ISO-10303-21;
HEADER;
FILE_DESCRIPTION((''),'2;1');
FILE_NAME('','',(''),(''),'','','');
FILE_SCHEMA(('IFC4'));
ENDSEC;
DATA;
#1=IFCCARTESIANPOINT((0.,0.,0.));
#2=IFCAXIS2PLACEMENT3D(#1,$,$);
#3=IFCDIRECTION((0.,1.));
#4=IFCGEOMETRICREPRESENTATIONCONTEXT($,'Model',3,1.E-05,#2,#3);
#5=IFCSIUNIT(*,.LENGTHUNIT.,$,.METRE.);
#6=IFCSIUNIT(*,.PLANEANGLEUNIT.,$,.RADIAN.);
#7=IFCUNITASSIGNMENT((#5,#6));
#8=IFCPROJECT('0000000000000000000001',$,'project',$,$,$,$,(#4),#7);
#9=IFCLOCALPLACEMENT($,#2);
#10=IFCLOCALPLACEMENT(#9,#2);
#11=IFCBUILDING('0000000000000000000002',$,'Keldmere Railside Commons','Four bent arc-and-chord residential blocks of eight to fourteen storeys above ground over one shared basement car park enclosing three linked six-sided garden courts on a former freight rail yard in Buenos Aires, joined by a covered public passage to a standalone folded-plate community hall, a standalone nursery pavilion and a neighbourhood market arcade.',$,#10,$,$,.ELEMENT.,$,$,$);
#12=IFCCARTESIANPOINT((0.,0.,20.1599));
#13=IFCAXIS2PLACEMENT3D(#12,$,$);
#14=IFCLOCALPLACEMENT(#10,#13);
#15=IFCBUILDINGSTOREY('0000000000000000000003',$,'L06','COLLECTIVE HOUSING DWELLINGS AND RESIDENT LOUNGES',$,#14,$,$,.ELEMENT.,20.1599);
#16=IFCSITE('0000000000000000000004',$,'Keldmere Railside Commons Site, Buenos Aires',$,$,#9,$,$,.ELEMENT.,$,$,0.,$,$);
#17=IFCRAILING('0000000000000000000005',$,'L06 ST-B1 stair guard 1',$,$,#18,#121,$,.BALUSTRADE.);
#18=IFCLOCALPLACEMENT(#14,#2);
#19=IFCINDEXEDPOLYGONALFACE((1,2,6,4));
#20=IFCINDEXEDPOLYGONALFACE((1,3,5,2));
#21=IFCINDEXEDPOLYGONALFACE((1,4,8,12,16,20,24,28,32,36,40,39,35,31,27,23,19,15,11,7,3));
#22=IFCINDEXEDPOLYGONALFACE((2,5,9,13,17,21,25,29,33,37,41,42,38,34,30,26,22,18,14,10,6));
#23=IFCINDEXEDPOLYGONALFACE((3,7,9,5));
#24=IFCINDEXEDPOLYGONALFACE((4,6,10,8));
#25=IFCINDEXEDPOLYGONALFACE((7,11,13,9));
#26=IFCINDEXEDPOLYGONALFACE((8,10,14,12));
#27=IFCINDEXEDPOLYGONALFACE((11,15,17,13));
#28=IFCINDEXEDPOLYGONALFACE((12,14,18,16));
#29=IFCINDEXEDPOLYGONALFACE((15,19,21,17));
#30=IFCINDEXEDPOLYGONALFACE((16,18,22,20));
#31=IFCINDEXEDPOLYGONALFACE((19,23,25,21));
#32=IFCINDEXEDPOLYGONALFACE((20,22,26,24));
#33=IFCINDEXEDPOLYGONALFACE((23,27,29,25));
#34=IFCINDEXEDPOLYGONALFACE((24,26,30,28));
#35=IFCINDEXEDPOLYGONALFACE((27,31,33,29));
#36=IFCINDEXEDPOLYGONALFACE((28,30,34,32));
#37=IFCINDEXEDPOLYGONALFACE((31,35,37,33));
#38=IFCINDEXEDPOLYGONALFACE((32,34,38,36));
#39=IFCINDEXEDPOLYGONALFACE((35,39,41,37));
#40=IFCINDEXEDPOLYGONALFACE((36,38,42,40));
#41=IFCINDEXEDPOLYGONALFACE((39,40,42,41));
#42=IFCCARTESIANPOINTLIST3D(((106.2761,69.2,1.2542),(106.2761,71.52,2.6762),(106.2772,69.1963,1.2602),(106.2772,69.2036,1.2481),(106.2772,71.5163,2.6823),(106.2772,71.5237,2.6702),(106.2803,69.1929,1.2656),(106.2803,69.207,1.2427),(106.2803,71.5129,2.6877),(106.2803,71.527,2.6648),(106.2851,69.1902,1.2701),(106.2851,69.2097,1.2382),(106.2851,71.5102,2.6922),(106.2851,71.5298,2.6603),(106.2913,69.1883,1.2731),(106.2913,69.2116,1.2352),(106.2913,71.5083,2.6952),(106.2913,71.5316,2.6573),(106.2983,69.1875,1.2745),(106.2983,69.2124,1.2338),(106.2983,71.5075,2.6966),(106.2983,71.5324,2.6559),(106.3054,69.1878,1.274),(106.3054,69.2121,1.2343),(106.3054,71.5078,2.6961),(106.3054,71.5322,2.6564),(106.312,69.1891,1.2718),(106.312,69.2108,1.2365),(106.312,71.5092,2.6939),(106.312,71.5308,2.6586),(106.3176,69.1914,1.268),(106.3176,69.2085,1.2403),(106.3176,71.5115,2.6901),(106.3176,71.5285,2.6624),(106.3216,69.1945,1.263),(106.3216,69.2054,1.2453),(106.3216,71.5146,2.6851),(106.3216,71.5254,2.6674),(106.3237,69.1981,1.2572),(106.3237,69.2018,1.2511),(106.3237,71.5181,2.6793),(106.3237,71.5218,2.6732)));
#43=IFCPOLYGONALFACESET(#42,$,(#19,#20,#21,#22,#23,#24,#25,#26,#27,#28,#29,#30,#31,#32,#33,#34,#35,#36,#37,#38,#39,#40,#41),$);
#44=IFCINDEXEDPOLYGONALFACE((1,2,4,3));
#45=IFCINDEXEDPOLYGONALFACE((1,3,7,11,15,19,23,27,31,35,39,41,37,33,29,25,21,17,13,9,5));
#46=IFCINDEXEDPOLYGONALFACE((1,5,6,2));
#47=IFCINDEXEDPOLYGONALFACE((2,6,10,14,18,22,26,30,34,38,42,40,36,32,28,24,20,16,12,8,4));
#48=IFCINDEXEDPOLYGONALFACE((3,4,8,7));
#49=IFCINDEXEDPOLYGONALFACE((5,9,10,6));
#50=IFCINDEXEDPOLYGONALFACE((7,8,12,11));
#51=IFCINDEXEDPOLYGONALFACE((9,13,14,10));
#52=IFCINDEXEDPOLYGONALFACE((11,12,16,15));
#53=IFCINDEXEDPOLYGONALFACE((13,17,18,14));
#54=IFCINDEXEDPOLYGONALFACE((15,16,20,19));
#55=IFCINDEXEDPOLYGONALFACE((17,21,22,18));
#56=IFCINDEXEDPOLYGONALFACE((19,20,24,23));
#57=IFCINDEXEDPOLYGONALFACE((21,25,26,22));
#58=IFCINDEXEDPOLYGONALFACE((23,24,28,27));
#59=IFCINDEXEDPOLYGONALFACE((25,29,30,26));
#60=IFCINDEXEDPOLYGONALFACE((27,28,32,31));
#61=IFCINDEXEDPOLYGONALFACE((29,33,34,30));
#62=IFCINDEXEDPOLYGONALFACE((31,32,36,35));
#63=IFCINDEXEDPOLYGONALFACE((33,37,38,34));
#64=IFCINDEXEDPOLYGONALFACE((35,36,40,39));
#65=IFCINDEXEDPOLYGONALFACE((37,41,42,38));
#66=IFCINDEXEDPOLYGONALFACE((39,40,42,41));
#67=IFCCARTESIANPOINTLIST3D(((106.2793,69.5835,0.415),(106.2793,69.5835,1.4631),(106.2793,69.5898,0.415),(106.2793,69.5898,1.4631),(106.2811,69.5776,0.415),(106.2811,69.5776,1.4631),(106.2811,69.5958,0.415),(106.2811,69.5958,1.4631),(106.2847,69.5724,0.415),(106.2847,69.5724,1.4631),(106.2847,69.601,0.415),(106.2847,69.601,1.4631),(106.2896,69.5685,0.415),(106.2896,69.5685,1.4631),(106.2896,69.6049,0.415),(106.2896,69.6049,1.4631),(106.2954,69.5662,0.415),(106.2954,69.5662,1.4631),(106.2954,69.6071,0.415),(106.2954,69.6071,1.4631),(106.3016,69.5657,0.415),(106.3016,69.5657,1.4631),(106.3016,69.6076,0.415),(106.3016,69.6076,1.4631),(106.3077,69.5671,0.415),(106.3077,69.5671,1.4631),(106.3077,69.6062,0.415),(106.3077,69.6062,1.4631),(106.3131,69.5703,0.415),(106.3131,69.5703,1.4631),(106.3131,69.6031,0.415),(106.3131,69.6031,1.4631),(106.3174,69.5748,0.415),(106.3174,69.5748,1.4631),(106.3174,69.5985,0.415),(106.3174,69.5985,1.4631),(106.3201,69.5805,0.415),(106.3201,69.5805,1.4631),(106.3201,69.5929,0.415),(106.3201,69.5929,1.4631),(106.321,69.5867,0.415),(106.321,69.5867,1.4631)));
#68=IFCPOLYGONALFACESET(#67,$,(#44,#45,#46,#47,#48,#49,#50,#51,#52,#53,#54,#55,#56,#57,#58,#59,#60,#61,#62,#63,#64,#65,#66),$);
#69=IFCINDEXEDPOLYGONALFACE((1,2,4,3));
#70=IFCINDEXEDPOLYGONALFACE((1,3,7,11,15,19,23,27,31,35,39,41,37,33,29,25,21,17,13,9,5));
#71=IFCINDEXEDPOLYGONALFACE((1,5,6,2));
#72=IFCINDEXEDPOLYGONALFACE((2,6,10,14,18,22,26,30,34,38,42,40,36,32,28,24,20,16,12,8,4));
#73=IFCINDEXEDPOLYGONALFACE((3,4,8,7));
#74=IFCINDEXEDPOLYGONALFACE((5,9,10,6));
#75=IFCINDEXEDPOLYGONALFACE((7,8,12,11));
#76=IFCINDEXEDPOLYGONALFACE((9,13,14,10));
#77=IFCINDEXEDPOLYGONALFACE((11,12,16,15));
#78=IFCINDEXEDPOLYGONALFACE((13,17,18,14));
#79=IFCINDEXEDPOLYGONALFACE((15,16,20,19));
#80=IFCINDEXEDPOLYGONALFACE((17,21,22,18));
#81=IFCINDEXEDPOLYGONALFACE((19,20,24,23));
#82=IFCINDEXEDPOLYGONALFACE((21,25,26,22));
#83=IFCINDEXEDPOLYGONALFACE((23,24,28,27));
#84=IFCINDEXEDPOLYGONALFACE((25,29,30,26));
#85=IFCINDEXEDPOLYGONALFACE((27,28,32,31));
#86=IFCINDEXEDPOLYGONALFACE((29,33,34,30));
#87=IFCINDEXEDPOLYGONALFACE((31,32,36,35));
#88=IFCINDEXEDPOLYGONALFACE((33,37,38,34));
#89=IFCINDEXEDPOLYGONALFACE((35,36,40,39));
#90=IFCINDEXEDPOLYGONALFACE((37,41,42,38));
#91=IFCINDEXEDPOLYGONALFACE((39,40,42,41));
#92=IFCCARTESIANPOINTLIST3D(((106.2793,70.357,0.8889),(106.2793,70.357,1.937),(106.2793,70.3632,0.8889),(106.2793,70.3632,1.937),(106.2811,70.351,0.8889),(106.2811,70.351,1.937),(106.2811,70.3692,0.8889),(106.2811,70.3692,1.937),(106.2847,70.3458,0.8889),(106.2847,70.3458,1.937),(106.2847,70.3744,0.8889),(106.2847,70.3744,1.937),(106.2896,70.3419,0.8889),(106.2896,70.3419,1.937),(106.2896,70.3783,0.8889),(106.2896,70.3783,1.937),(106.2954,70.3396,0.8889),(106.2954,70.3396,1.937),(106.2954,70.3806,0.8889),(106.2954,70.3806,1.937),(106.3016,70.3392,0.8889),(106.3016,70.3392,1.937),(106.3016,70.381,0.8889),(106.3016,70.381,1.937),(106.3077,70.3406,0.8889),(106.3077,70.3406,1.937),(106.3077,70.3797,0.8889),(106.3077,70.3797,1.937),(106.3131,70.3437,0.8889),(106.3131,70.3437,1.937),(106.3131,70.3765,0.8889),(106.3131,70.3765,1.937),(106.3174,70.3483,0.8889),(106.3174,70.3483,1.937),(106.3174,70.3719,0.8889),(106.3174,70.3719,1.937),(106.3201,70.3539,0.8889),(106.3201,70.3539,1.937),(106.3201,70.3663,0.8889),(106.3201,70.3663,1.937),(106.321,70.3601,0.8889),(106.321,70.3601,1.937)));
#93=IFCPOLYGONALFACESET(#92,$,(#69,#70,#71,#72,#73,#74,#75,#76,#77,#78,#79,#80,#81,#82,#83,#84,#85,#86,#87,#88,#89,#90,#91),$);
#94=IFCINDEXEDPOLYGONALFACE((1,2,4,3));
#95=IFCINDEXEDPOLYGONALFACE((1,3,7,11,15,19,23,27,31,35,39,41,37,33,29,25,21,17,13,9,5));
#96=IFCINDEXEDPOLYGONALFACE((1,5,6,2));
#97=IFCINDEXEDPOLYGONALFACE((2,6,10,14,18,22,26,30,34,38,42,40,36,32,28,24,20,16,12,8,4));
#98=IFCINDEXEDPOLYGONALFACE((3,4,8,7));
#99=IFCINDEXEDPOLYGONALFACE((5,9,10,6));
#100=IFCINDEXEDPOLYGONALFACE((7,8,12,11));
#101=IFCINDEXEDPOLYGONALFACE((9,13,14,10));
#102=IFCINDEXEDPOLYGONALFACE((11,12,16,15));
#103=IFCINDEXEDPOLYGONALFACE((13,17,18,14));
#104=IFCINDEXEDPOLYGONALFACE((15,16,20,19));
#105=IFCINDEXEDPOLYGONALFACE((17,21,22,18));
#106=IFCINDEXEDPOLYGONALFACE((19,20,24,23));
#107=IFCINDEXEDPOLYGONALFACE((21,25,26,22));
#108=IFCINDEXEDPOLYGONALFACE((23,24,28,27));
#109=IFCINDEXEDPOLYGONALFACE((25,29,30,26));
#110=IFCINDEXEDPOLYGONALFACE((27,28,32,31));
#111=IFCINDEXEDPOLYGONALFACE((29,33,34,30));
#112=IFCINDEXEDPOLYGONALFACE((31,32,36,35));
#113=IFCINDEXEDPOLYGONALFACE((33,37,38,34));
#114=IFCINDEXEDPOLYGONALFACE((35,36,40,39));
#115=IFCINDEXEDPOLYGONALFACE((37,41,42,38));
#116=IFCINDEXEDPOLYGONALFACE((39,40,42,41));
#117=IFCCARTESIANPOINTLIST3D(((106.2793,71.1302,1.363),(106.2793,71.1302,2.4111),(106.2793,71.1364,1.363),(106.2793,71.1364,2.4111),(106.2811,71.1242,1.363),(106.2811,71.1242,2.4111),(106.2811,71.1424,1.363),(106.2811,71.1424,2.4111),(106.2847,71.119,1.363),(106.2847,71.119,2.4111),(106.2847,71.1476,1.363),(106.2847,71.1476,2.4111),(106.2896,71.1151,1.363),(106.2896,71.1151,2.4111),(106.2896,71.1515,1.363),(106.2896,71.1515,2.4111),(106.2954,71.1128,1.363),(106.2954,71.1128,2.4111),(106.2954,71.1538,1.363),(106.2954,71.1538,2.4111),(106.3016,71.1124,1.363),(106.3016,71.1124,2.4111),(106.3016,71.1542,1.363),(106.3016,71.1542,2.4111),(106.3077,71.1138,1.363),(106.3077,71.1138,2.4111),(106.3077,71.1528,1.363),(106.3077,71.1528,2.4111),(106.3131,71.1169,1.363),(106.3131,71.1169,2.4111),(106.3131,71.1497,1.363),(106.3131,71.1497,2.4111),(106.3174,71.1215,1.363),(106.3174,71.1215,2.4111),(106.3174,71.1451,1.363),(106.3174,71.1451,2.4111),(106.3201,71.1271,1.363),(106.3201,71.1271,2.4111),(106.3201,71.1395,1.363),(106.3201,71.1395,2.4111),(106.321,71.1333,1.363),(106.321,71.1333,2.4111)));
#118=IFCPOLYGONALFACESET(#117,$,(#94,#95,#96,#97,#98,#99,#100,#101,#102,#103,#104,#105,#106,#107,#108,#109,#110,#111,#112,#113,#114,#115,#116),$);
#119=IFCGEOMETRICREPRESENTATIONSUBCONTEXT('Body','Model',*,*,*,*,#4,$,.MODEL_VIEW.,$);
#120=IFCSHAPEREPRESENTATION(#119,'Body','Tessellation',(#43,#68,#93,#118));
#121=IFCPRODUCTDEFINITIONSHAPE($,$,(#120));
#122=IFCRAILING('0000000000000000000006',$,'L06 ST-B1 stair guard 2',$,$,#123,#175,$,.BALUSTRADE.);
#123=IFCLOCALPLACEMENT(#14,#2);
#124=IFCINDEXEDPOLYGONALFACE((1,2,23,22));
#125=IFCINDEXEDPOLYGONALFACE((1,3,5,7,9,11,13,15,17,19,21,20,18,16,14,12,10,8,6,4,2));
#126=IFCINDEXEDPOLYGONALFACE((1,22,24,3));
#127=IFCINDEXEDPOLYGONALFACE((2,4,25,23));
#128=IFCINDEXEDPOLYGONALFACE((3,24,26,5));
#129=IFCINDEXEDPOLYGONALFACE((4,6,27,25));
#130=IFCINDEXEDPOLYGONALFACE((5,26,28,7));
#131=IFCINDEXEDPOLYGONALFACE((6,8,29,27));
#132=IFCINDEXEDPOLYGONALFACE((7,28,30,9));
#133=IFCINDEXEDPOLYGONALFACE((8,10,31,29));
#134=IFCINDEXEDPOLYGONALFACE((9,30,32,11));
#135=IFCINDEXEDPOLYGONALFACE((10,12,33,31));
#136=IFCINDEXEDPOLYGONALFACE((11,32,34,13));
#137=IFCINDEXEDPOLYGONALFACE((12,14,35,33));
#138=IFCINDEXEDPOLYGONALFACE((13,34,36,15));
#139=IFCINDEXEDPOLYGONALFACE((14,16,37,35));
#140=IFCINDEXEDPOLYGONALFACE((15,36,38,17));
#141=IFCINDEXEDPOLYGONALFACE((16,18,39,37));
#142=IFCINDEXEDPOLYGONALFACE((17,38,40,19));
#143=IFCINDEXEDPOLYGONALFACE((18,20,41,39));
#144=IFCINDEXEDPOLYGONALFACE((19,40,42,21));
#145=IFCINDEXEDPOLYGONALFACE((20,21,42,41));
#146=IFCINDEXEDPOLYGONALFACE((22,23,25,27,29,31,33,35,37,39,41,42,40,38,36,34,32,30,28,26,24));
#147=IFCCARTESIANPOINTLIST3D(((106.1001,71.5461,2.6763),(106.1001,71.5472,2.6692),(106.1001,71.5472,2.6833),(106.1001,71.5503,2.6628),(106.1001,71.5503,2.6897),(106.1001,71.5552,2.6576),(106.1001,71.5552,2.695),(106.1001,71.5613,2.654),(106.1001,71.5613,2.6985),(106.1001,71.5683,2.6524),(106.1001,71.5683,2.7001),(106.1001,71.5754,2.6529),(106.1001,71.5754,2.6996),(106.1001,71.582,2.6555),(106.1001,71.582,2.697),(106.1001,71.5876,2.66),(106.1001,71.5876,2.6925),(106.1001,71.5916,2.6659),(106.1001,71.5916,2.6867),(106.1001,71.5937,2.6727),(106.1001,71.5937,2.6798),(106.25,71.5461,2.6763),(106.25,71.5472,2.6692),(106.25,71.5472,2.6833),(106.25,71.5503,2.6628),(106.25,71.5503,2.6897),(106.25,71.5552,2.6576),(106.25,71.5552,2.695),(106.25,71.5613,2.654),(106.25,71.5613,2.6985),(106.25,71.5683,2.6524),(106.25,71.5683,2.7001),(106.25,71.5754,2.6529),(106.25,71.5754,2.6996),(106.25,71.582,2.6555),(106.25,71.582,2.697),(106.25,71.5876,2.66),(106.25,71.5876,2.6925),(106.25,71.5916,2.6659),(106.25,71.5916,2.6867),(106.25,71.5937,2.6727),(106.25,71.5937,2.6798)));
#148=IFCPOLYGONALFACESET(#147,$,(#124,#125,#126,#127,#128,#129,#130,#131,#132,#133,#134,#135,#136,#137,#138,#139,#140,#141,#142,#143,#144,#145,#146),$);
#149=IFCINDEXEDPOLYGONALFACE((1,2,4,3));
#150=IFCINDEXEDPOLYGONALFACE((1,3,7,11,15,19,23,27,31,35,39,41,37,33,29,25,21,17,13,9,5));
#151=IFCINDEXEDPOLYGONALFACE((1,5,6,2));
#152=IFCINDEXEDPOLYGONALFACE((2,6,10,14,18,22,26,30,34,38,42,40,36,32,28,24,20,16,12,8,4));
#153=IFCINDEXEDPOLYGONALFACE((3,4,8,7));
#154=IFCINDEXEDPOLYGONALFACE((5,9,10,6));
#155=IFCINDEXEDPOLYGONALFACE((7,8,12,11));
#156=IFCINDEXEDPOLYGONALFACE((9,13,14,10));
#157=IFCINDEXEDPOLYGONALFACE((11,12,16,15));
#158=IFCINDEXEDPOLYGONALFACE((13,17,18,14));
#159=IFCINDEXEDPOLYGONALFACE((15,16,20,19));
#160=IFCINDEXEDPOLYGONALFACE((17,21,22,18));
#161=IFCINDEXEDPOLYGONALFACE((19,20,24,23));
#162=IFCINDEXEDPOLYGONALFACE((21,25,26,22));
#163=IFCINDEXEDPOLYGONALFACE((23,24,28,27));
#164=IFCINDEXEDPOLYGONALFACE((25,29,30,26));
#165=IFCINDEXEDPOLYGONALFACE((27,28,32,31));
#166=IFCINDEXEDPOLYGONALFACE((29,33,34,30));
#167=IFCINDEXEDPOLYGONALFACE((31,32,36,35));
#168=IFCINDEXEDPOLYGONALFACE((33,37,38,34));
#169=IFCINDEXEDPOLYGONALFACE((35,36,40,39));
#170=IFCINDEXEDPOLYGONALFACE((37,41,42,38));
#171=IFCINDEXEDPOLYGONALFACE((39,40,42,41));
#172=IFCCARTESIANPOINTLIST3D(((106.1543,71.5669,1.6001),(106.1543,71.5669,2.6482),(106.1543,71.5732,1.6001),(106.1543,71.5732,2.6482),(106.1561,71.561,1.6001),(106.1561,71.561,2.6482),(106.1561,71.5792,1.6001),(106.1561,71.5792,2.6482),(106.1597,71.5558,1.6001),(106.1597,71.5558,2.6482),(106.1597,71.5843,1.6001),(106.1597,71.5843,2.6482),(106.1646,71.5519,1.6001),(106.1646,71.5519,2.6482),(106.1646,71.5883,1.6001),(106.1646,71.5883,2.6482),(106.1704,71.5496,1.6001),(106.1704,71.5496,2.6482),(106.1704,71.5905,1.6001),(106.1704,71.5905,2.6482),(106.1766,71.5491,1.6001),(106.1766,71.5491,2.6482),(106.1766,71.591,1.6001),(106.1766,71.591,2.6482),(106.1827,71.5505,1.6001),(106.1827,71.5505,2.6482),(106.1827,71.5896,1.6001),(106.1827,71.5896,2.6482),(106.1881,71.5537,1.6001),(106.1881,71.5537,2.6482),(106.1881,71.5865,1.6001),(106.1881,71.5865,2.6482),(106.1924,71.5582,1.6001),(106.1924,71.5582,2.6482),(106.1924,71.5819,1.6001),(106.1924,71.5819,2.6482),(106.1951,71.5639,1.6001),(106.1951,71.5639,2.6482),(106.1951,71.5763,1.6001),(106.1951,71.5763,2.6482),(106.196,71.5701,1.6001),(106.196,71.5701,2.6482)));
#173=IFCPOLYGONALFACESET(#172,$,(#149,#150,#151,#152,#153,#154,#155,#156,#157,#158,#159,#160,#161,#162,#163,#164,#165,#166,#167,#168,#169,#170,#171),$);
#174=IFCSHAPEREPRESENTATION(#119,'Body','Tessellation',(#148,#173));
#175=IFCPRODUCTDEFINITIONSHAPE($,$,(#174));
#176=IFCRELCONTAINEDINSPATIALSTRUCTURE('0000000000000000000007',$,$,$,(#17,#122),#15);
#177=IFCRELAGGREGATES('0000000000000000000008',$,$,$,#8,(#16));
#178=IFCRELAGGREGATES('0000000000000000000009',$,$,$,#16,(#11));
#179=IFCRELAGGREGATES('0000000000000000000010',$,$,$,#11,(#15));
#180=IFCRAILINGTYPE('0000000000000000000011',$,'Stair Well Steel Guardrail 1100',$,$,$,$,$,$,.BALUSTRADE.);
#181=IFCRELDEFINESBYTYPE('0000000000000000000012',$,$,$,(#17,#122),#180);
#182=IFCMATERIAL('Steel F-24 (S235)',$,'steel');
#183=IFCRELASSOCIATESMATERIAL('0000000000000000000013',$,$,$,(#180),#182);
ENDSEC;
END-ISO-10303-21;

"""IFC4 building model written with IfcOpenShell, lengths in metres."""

from ifc_helpers import new_model, si_unit, direction, frame, origin, origin_2d, place, context, subcontext, project, spatial, circle, extrude, material, type_object, element, save


model = new_model("IFC4")

# Units and contexts
model_context = context("Model", 3, precision=1e-05, world=origin(), true_north=direction((0.0, 1.0)))
body_context = subcontext(model_context, "Body", "Model", "MODEL_VIEW")
ifc_project = project(units=[si_unit("LENGTHUNIT", "METRE"), si_unit("PLANEANGLEUNIT", "RADIAN")], contexts=[model_context])

# Site, building, storey
site_placement = place(None, origin())
site = spatial("IfcSite", under=ifc_project, at=site_placement, Name="Keldmere Railside Commons Site, Buenos Aires", CompositionType="ELEMENT", RefElevation=0.0)
building_placement = place(site_placement, origin())
building = spatial("IfcBuilding", under=site, at=building_placement, Name="Keldmere Railside Commons", Description="Four bent arc-and-chord residential blocks of eight to fourteen storeys above ground over one shared basement car park enclosing three linked six-sided garden courts on a former freight rail yard in Buenos Aires, joined by a covered public passage to a standalone folded-plate community hall, a standalone nursery pavilion and a neighbourhood market arcade.", CompositionType="ELEMENT")
storey_placement = place(building_placement, frame((0.0, 0.0, 20.1599)))
storey = spatial("IfcBuildingStorey", under=building, at=storey_placement, Name="L06", Description="COLLECTIVE HOUSING DWELLINGS AND RESIDENT LOUNGES", CompositionType="ELEMENT", Elevation=20.1599)

# Shared definitions
ifc_material_1 = material(Name="Steel F-24 (S235)", Category="steel")

# Railings
railing_type_1 = type_object("IfcRailingType", Name="Stair Well Steel Guardrail 1100", PredefinedType="BALUSTRADE", material=ifc_material_1)
railing_1_placement = place(storey_placement, frame((106.3, 69.2, 0.178)))
element("IfcRailing", 1, at=railing_1_placement, inside=storey, type_object=railing_type_1, Name="L06 ST-B1 stair guard 1", PredefinedType="BALUSTRADE", context=body_context, shape_type="SweptSolid", body=[
    extrude(circle(Radius=0.0239, at=origin_2d()), frame((0.0, 0.0, 1.0762), z_axis=(0.0, 0.852578, 0.5226), x_axis=(-1.0, 0.0, 0.0)), (0.0, 0.0, 1.0), 2.7212),
    extrude(circle(Radius=0.021, at=origin_2d()), frame((0.0, 0.3867, 0.2371)), (0.0, 0.0, 1.0), 1.0481),
    extrude(circle(Radius=0.021, at=origin_2d()), frame((0.0, 1.1602, 0.7109)), (0.0, 0.0, 1.0), 1.0481),
    extrude(circle(Radius=0.021, at=origin_2d()), frame((0.0, 1.9333, 1.1851)), (0.0, 0.0, 1.0), 1.0481),
])
railing_2_placement = place(storey_placement, frame((106.25, 71.5701, 1.6001)))
element("IfcRailing", 2, at=railing_2_placement, inside=storey, type_object=railing_type_1, Name="L06 ST-B1 stair guard 2", PredefinedType="BALUSTRADE", context=body_context, shape_type="SweptSolid", body=[
    extrude(circle(Radius=0.0239, at=origin_2d()), frame((0.0, 0.0, 1.0762), z_axis=(-1.0, 0.0, 0.0), x_axis=(0.0, -1.0, 0.0)), (0.0, 0.0, 1.0), 0.1499),
    extrude(circle(Radius=0.021, at=origin_2d()), frame((-0.075, 0.0, 0.0)), (0.0, 0.0, 1.0), 1.0481),
])

save(model, "model.ifc")
